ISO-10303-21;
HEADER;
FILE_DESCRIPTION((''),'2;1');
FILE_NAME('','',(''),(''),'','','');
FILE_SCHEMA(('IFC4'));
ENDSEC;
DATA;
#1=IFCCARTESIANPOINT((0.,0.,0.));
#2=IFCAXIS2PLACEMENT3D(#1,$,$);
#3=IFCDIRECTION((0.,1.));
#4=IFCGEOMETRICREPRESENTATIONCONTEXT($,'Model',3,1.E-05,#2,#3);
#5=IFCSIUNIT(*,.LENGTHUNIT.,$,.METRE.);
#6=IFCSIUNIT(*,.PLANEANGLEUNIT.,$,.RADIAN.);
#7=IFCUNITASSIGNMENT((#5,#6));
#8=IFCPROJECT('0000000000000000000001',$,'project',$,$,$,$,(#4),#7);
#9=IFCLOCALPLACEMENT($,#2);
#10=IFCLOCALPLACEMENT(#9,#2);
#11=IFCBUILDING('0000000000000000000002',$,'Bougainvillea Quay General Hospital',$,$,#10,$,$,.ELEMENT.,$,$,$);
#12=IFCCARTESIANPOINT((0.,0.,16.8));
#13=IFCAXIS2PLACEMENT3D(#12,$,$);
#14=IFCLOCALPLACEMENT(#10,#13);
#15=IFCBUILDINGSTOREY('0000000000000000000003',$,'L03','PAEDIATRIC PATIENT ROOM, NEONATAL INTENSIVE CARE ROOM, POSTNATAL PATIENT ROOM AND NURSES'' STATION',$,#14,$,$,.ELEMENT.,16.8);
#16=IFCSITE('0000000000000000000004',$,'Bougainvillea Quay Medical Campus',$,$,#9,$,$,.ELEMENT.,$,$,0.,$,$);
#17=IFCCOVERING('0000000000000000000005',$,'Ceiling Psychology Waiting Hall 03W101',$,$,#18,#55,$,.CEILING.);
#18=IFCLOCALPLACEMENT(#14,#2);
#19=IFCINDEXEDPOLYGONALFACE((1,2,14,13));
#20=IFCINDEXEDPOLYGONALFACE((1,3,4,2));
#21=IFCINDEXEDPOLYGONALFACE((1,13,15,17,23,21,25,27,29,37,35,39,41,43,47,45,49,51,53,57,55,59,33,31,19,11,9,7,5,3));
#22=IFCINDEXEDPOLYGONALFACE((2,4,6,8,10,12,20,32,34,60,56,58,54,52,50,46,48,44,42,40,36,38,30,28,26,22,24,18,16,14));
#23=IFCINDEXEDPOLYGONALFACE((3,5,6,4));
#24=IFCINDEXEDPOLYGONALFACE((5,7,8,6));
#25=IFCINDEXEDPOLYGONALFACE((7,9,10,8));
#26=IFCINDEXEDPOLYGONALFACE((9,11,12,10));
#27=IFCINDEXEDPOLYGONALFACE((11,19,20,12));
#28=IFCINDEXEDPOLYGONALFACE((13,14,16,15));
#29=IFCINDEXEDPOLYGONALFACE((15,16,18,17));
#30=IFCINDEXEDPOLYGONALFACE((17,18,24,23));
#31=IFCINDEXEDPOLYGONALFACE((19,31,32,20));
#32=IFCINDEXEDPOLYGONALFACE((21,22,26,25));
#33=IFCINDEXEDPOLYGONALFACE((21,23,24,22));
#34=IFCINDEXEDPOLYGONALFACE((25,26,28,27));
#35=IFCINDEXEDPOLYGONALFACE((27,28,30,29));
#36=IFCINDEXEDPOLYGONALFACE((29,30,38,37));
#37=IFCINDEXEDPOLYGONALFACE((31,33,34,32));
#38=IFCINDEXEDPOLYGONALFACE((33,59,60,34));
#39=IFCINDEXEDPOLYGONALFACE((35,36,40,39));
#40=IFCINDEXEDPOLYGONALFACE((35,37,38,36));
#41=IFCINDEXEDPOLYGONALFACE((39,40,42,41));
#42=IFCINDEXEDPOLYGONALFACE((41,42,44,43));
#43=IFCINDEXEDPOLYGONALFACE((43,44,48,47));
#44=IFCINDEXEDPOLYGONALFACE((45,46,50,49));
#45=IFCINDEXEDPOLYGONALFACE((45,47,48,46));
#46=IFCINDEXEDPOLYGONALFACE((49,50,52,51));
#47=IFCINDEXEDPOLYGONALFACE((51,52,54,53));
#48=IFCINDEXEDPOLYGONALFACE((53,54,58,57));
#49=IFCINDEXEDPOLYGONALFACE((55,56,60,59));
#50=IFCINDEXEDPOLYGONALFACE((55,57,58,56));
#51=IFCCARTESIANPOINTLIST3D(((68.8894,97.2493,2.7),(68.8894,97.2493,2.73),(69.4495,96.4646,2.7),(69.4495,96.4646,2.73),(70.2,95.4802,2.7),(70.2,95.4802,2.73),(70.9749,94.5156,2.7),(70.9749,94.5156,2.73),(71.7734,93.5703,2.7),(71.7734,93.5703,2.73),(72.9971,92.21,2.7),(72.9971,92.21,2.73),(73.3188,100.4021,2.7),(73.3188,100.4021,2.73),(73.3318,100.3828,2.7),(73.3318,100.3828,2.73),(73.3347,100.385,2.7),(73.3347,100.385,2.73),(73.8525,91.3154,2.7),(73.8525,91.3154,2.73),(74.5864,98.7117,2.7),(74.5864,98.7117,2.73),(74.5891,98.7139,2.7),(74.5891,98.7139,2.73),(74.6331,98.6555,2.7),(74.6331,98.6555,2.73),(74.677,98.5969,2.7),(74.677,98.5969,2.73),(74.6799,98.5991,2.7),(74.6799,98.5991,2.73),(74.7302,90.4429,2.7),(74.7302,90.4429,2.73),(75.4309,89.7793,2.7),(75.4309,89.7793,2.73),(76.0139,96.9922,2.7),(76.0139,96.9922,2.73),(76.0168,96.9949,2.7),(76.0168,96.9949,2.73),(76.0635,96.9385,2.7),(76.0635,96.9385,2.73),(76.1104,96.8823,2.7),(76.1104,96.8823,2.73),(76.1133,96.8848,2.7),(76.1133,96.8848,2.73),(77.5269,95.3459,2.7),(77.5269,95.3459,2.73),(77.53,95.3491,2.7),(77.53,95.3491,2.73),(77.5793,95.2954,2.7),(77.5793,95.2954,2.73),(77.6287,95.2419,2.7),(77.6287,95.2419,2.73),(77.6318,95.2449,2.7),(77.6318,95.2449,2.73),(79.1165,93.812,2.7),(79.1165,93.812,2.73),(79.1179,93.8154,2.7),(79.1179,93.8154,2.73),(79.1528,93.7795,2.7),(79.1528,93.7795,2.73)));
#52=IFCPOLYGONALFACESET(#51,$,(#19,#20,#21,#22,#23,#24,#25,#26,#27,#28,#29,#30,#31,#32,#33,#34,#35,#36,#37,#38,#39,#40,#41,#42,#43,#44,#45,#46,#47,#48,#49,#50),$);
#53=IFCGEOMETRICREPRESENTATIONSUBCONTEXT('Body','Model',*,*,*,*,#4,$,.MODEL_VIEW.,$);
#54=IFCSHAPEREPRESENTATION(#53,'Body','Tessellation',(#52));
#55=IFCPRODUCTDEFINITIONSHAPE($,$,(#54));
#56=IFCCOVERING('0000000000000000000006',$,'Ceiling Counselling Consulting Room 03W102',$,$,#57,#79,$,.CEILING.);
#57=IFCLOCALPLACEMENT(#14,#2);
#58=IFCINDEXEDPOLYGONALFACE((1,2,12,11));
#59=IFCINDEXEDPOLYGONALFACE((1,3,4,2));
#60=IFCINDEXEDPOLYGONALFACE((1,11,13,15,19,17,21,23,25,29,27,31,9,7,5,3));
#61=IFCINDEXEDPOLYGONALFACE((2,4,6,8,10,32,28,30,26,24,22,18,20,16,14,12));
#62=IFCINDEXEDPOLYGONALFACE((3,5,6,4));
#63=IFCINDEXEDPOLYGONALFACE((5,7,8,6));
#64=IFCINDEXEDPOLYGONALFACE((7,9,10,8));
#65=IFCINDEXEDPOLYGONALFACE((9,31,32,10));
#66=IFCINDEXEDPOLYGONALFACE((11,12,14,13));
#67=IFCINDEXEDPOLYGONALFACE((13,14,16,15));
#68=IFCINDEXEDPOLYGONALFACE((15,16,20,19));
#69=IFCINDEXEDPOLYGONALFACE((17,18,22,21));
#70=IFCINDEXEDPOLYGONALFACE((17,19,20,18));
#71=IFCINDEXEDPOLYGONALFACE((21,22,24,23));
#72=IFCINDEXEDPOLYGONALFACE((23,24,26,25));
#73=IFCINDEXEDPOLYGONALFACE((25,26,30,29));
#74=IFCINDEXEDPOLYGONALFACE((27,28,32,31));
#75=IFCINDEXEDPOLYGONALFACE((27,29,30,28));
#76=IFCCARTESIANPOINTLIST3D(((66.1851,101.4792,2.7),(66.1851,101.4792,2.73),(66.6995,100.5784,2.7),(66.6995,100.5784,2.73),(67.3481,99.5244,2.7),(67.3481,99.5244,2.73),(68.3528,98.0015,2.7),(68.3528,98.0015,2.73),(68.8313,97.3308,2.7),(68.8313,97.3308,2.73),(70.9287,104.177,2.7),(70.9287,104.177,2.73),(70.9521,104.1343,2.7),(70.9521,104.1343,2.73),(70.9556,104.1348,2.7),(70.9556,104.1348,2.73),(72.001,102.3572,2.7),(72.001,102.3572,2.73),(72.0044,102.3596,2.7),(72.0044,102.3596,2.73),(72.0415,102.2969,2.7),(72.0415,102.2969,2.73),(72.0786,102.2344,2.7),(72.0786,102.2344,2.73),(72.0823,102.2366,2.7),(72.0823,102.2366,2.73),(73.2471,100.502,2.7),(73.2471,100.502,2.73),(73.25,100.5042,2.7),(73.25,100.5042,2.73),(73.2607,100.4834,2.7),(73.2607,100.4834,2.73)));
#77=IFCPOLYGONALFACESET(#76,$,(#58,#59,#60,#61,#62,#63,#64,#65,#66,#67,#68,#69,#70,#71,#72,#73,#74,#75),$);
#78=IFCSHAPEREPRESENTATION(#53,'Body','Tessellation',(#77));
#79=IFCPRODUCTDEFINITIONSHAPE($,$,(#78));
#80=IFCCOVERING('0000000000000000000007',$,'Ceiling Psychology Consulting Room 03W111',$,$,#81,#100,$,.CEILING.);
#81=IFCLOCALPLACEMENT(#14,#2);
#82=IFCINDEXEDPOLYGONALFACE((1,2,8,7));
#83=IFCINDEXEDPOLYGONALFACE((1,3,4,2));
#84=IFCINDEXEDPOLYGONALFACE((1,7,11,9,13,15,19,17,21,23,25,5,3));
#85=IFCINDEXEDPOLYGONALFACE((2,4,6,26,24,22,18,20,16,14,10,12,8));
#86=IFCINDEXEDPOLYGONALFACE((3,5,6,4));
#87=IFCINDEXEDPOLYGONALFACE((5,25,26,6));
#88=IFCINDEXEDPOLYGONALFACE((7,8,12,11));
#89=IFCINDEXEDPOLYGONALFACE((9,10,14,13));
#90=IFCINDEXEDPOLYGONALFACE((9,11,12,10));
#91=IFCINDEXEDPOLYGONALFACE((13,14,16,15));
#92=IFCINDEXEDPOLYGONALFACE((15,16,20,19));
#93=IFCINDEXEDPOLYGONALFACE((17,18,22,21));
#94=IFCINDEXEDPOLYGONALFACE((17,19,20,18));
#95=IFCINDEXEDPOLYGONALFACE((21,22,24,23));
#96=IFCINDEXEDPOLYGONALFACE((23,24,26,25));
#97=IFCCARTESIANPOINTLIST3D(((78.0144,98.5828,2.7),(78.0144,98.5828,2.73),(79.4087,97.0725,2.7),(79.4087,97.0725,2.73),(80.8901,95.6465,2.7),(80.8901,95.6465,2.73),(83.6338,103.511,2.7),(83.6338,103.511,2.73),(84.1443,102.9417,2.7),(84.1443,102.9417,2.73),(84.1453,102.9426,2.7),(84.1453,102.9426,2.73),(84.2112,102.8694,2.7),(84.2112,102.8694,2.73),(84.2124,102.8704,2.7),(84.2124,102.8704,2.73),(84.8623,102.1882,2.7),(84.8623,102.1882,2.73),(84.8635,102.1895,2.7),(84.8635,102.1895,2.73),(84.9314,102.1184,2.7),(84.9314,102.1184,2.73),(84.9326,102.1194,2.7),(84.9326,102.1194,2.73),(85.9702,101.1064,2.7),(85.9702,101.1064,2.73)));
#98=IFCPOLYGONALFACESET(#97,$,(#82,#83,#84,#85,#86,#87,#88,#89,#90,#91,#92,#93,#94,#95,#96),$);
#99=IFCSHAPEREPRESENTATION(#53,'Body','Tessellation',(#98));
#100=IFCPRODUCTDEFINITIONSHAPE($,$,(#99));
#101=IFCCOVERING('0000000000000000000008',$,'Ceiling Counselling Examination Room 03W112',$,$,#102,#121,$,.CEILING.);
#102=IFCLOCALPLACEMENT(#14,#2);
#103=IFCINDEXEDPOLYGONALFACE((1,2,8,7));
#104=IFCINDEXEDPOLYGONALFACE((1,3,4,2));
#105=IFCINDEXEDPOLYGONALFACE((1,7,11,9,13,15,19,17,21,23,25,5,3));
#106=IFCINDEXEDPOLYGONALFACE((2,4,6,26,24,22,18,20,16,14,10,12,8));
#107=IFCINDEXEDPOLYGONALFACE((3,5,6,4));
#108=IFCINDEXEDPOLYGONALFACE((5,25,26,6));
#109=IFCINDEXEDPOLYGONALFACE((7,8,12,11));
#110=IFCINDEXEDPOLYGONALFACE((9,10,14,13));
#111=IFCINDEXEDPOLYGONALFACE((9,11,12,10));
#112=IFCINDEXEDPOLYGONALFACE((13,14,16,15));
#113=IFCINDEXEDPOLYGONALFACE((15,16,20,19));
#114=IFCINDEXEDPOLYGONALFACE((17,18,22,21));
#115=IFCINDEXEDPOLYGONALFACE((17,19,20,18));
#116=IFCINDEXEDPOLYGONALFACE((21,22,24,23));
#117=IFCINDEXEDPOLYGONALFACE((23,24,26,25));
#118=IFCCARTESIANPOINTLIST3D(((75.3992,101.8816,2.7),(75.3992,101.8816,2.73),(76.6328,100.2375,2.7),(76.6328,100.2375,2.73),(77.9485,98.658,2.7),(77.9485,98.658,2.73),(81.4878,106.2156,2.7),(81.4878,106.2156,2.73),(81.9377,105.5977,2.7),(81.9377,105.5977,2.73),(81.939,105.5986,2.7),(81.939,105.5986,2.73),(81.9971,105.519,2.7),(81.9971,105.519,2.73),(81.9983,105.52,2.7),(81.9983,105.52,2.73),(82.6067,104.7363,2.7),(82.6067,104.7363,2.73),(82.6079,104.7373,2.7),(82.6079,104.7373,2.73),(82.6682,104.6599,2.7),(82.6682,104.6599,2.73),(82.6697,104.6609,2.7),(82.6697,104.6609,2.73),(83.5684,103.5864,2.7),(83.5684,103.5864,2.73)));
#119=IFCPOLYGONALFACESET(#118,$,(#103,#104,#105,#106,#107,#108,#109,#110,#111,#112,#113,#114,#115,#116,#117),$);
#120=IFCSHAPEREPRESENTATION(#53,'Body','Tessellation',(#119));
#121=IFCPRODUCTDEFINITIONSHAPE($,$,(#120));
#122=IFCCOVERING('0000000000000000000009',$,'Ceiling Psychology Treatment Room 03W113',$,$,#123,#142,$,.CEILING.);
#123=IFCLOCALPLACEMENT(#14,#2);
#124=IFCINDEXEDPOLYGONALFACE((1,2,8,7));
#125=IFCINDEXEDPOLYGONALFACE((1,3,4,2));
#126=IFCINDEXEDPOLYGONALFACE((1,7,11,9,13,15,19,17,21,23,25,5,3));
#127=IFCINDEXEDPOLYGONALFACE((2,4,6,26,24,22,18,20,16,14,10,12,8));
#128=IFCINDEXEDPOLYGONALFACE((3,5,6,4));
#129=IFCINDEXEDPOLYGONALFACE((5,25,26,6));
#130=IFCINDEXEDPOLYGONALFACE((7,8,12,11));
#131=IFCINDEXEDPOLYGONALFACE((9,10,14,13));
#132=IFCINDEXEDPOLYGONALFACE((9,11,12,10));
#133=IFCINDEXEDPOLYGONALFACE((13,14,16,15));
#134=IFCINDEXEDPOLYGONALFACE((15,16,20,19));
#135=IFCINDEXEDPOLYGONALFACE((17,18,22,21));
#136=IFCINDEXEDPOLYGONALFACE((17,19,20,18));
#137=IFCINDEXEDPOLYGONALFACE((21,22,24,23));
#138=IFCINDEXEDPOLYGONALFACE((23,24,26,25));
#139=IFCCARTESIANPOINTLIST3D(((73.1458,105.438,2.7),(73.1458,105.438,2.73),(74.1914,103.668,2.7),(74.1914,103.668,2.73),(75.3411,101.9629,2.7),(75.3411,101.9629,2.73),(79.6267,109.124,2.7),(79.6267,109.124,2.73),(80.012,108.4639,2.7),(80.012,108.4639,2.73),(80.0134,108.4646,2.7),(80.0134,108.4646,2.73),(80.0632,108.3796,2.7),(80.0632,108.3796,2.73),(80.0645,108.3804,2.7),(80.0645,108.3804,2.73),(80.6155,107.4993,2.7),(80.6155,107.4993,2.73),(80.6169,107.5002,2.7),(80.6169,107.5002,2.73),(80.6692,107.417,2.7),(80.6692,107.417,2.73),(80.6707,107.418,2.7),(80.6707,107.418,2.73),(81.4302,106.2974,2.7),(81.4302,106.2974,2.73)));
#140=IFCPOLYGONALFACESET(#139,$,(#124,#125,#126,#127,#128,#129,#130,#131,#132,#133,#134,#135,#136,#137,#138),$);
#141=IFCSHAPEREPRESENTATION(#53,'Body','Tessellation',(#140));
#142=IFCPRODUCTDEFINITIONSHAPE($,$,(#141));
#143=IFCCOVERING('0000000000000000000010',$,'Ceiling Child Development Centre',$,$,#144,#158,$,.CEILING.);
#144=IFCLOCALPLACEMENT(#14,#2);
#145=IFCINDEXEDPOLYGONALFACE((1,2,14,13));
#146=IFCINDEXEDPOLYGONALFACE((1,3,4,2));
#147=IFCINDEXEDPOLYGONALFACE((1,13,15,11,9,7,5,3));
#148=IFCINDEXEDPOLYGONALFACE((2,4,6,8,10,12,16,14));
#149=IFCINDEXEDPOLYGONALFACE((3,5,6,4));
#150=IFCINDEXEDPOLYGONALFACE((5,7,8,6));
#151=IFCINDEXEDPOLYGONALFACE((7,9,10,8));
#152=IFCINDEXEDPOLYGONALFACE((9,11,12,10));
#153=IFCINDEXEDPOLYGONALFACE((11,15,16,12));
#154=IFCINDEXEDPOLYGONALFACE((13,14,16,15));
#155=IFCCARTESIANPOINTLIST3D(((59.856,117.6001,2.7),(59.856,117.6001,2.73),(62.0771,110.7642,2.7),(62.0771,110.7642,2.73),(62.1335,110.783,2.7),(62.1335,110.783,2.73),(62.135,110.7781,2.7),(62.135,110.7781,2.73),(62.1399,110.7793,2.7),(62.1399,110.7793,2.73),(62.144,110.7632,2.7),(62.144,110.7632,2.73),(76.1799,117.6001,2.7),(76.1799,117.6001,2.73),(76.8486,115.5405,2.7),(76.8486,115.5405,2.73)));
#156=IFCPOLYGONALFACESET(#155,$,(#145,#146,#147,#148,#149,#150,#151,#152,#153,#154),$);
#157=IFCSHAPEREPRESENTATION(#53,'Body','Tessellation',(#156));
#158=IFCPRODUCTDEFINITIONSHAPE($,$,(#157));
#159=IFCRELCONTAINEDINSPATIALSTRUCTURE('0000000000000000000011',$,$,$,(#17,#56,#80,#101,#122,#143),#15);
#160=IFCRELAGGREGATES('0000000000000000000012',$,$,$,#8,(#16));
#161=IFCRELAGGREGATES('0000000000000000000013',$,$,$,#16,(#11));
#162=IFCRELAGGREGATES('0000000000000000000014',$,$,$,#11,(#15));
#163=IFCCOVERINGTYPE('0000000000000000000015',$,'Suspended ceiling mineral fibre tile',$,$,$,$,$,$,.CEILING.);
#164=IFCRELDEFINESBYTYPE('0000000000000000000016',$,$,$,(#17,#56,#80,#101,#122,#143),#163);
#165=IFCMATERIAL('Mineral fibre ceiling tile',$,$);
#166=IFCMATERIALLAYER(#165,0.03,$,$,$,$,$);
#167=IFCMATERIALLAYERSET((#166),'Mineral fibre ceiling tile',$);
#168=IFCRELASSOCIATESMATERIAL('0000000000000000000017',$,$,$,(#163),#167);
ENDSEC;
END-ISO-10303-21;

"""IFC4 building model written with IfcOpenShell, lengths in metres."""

from ifc_helpers import new_model, si_unit, direction, frame, origin, place, context, subcontext, project, spatial, polyline, outline, extrude, material, layer, layer_set, type_object, element, save


model = new_model("IFC4")

# Units and contexts
model_context = context("Model", 3, precision=1e-05, world=origin(), true_north=direction((0.0, 1.0)))
body_context = subcontext(model_context, "Body", "Model", "MODEL_VIEW")
ifc_project = project(units=[si_unit("LENGTHUNIT", "METRE"), si_unit("PLANEANGLEUNIT", "RADIAN")], contexts=[model_context])

# Site, building, storey
site_placement = place(None, origin())
site = spatial("IfcSite", under=ifc_project, at=site_placement, Name="Bougainvillea Quay Medical Campus", CompositionType="ELEMENT", RefElevation=0.0)
building_placement = place(site_placement, origin())
building = spatial("IfcBuilding", under=site, at=building_placement, Name="Bougainvillea Quay General Hospital", CompositionType="ELEMENT")
storey_placement = place(building_placement, frame((0.0, 0.0, 16.8)))
storey = spatial("IfcBuildingStorey", under=building, at=storey_placement, Name="L03", Description="PAEDIATRIC PATIENT ROOM, NEONATAL INTENSIVE CARE ROOM, POSTNATAL PATIENT ROOM AND NURSES' STATION", CompositionType="ELEMENT", Elevation=16.8)

# Coverings
ifc_material = material(Name="Mineral fibre ceiling tile")
ifc_layer = layer(ifc_material, 0.03)
ifc_layer_set = layer_set([ifc_layer], Name="Mineral fibre ceiling tile")
covering_type = type_object("IfcCoveringType", Name="Suspended ceiling mineral fibre tile", PredefinedType="CEILING", material=ifc_layer_set)
covering_1_placement = place(storey_placement, frame((0.0, 0.0, 2.7)))
element("IfcCovering", 1, at=covering_1_placement, inside=storey, type_object=covering_type, Name="Ceiling Psychology Waiting Hall 03W101", PredefinedType="CEILING", context=body_context, shape_type="SweptSolid", body=[
    extrude(outline(polyline([(70.2, 95.4802), (70.9749, 94.5156), (71.7734, 93.5703), (72.9971, 92.21), (73.8525, 91.3154), (74.7302, 90.4429), (75.4309, 89.7793), (79.1528, 93.7795), (79.1165, 93.812), (79.1179, 93.8154), (77.6318, 95.2449), (77.6287, 95.2419), (77.5793, 95.2954), (77.5269, 95.3459), (77.53, 95.3491), (76.1133, 96.8848), (76.1104, 96.8823), (76.0635, 96.9385), (76.0139, 96.9922), (76.0168, 96.9949), (74.6799, 98.5991), (74.677, 98.5969), (74.6331, 98.6555), (74.5864, 98.7117), (74.5891, 98.7139), (73.3347, 100.385), (73.3318, 100.3828), (73.3188, 100.4021), (68.8894, 97.2493), (69.4495, 96.4646), (70.2, 95.4802)])), origin(), (0.0, 0.0, 1.0), 0.03),
])
covering_2_placement = place(storey_placement, frame((0.0, 0.0, 2.7)))
element("IfcCovering", 2, at=covering_2_placement, inside=storey, type_object=covering_type, Name="Ceiling Counselling Consulting Room 03W102", PredefinedType="CEILING", context=body_context, shape_type="SweptSolid", body=[
    extrude(outline(polyline([(70.9287, 104.177), (66.1851, 101.4792), (66.6995, 100.5784), (67.3481, 99.5244), (68.3528, 98.0015), (68.8313, 97.3308), (73.2607, 100.4834), (73.2471, 100.502), (73.25, 100.5042), (72.0823, 102.2366), (72.0786, 102.2344), (72.0415, 102.2969), (72.001, 102.3572), (72.0044, 102.3596), (70.9556, 104.1348), (70.9521, 104.1343), (70.9287, 104.177)])), origin(), (0.0, 0.0, 1.0), 0.03),
])
covering_3_placement = place(storey_placement, frame((0.0, 0.0, 2.7)))
element("IfcCovering", 3, at=covering_3_placement, inside=storey, type_object=covering_type, Name="Ceiling Psychology Consulting Room 03W111", PredefinedType="CEILING", context=body_context, shape_type="SweptSolid", body=[
    extrude(outline(polyline([(85.9702, 101.1064), (84.9326, 102.1194), (84.9314, 102.1184), (84.8623, 102.1882), (84.8635, 102.1895), (84.2124, 102.8704), (84.2112, 102.8694), (84.1443, 102.9417), (84.1453, 102.9426), (83.6338, 103.511), (78.0144, 98.5828), (79.4087, 97.0725), (80.8901, 95.6465), (85.9702, 101.1064)])), origin(), (0.0, 0.0, 1.0), 0.03),
])
covering_4_placement = place(storey_placement, frame((0.0, 0.0, 2.7)))
element("IfcCovering", 4, at=covering_4_placement, inside=storey, type_object=covering_type, Name="Ceiling Counselling Examination Room 03W112", PredefinedType="CEILING", context=body_context, shape_type="SweptSolid", body=[
    extrude(outline(polyline([(77.9485, 98.658), (83.5684, 103.5864), (82.6697, 104.6609), (82.6682, 104.6599), (82.6067, 104.7363), (82.6079, 104.7373), (81.9983, 105.52), (81.9971, 105.519), (81.9377, 105.5977), (81.939, 105.5986), (81.4878, 106.2156), (75.3992, 101.8816), (76.6328, 100.2375), (77.9485, 98.658)])), origin(), (0.0, 0.0, 1.0), 0.03),
])
covering_5_placement = place(storey_placement, frame((0.0, 0.0, 2.7)))
element("IfcCovering", 5, at=covering_5_placement, inside=storey, type_object=covering_type, Name="Ceiling Psychology Treatment Room 03W113", PredefinedType="CEILING", context=body_context, shape_type="SweptSolid", body=[
    extrude(outline(polyline([(80.0134, 108.4646), (79.6267, 109.124), (73.1458, 105.438), (74.1914, 103.668), (75.3411, 101.9629), (81.4302, 106.2974), (80.6707, 107.418), (80.6692, 107.417), (80.6155, 107.4993), (80.6169, 107.5002), (80.0645, 108.3804), (80.0632, 108.3796), (80.012, 108.4639), (80.0134, 108.4646)])), origin(), (0.0, 0.0, 1.0), 0.03),
])
covering_6_placement = place(storey_placement, frame((0.0, 0.0, 2.7)))
element("IfcCovering", 6, at=covering_6_placement, inside=storey, type_object=covering_type, Name="Ceiling Child Development Centre", PredefinedType="CEILING", context=body_context, shape_type="SweptSolid", body=[
    extrude(outline(polyline([(59.856, 117.6001), (62.0771, 110.7642), (62.1335, 110.783), (62.135, 110.7781), (62.1399, 110.7793), (62.144, 110.7632), (76.8486, 115.5405), (76.1799, 117.6001), (59.856, 117.6001)])), origin(), (0.0, 0.0, 1.0), 0.03),
])

save(model, "model.ifc")
